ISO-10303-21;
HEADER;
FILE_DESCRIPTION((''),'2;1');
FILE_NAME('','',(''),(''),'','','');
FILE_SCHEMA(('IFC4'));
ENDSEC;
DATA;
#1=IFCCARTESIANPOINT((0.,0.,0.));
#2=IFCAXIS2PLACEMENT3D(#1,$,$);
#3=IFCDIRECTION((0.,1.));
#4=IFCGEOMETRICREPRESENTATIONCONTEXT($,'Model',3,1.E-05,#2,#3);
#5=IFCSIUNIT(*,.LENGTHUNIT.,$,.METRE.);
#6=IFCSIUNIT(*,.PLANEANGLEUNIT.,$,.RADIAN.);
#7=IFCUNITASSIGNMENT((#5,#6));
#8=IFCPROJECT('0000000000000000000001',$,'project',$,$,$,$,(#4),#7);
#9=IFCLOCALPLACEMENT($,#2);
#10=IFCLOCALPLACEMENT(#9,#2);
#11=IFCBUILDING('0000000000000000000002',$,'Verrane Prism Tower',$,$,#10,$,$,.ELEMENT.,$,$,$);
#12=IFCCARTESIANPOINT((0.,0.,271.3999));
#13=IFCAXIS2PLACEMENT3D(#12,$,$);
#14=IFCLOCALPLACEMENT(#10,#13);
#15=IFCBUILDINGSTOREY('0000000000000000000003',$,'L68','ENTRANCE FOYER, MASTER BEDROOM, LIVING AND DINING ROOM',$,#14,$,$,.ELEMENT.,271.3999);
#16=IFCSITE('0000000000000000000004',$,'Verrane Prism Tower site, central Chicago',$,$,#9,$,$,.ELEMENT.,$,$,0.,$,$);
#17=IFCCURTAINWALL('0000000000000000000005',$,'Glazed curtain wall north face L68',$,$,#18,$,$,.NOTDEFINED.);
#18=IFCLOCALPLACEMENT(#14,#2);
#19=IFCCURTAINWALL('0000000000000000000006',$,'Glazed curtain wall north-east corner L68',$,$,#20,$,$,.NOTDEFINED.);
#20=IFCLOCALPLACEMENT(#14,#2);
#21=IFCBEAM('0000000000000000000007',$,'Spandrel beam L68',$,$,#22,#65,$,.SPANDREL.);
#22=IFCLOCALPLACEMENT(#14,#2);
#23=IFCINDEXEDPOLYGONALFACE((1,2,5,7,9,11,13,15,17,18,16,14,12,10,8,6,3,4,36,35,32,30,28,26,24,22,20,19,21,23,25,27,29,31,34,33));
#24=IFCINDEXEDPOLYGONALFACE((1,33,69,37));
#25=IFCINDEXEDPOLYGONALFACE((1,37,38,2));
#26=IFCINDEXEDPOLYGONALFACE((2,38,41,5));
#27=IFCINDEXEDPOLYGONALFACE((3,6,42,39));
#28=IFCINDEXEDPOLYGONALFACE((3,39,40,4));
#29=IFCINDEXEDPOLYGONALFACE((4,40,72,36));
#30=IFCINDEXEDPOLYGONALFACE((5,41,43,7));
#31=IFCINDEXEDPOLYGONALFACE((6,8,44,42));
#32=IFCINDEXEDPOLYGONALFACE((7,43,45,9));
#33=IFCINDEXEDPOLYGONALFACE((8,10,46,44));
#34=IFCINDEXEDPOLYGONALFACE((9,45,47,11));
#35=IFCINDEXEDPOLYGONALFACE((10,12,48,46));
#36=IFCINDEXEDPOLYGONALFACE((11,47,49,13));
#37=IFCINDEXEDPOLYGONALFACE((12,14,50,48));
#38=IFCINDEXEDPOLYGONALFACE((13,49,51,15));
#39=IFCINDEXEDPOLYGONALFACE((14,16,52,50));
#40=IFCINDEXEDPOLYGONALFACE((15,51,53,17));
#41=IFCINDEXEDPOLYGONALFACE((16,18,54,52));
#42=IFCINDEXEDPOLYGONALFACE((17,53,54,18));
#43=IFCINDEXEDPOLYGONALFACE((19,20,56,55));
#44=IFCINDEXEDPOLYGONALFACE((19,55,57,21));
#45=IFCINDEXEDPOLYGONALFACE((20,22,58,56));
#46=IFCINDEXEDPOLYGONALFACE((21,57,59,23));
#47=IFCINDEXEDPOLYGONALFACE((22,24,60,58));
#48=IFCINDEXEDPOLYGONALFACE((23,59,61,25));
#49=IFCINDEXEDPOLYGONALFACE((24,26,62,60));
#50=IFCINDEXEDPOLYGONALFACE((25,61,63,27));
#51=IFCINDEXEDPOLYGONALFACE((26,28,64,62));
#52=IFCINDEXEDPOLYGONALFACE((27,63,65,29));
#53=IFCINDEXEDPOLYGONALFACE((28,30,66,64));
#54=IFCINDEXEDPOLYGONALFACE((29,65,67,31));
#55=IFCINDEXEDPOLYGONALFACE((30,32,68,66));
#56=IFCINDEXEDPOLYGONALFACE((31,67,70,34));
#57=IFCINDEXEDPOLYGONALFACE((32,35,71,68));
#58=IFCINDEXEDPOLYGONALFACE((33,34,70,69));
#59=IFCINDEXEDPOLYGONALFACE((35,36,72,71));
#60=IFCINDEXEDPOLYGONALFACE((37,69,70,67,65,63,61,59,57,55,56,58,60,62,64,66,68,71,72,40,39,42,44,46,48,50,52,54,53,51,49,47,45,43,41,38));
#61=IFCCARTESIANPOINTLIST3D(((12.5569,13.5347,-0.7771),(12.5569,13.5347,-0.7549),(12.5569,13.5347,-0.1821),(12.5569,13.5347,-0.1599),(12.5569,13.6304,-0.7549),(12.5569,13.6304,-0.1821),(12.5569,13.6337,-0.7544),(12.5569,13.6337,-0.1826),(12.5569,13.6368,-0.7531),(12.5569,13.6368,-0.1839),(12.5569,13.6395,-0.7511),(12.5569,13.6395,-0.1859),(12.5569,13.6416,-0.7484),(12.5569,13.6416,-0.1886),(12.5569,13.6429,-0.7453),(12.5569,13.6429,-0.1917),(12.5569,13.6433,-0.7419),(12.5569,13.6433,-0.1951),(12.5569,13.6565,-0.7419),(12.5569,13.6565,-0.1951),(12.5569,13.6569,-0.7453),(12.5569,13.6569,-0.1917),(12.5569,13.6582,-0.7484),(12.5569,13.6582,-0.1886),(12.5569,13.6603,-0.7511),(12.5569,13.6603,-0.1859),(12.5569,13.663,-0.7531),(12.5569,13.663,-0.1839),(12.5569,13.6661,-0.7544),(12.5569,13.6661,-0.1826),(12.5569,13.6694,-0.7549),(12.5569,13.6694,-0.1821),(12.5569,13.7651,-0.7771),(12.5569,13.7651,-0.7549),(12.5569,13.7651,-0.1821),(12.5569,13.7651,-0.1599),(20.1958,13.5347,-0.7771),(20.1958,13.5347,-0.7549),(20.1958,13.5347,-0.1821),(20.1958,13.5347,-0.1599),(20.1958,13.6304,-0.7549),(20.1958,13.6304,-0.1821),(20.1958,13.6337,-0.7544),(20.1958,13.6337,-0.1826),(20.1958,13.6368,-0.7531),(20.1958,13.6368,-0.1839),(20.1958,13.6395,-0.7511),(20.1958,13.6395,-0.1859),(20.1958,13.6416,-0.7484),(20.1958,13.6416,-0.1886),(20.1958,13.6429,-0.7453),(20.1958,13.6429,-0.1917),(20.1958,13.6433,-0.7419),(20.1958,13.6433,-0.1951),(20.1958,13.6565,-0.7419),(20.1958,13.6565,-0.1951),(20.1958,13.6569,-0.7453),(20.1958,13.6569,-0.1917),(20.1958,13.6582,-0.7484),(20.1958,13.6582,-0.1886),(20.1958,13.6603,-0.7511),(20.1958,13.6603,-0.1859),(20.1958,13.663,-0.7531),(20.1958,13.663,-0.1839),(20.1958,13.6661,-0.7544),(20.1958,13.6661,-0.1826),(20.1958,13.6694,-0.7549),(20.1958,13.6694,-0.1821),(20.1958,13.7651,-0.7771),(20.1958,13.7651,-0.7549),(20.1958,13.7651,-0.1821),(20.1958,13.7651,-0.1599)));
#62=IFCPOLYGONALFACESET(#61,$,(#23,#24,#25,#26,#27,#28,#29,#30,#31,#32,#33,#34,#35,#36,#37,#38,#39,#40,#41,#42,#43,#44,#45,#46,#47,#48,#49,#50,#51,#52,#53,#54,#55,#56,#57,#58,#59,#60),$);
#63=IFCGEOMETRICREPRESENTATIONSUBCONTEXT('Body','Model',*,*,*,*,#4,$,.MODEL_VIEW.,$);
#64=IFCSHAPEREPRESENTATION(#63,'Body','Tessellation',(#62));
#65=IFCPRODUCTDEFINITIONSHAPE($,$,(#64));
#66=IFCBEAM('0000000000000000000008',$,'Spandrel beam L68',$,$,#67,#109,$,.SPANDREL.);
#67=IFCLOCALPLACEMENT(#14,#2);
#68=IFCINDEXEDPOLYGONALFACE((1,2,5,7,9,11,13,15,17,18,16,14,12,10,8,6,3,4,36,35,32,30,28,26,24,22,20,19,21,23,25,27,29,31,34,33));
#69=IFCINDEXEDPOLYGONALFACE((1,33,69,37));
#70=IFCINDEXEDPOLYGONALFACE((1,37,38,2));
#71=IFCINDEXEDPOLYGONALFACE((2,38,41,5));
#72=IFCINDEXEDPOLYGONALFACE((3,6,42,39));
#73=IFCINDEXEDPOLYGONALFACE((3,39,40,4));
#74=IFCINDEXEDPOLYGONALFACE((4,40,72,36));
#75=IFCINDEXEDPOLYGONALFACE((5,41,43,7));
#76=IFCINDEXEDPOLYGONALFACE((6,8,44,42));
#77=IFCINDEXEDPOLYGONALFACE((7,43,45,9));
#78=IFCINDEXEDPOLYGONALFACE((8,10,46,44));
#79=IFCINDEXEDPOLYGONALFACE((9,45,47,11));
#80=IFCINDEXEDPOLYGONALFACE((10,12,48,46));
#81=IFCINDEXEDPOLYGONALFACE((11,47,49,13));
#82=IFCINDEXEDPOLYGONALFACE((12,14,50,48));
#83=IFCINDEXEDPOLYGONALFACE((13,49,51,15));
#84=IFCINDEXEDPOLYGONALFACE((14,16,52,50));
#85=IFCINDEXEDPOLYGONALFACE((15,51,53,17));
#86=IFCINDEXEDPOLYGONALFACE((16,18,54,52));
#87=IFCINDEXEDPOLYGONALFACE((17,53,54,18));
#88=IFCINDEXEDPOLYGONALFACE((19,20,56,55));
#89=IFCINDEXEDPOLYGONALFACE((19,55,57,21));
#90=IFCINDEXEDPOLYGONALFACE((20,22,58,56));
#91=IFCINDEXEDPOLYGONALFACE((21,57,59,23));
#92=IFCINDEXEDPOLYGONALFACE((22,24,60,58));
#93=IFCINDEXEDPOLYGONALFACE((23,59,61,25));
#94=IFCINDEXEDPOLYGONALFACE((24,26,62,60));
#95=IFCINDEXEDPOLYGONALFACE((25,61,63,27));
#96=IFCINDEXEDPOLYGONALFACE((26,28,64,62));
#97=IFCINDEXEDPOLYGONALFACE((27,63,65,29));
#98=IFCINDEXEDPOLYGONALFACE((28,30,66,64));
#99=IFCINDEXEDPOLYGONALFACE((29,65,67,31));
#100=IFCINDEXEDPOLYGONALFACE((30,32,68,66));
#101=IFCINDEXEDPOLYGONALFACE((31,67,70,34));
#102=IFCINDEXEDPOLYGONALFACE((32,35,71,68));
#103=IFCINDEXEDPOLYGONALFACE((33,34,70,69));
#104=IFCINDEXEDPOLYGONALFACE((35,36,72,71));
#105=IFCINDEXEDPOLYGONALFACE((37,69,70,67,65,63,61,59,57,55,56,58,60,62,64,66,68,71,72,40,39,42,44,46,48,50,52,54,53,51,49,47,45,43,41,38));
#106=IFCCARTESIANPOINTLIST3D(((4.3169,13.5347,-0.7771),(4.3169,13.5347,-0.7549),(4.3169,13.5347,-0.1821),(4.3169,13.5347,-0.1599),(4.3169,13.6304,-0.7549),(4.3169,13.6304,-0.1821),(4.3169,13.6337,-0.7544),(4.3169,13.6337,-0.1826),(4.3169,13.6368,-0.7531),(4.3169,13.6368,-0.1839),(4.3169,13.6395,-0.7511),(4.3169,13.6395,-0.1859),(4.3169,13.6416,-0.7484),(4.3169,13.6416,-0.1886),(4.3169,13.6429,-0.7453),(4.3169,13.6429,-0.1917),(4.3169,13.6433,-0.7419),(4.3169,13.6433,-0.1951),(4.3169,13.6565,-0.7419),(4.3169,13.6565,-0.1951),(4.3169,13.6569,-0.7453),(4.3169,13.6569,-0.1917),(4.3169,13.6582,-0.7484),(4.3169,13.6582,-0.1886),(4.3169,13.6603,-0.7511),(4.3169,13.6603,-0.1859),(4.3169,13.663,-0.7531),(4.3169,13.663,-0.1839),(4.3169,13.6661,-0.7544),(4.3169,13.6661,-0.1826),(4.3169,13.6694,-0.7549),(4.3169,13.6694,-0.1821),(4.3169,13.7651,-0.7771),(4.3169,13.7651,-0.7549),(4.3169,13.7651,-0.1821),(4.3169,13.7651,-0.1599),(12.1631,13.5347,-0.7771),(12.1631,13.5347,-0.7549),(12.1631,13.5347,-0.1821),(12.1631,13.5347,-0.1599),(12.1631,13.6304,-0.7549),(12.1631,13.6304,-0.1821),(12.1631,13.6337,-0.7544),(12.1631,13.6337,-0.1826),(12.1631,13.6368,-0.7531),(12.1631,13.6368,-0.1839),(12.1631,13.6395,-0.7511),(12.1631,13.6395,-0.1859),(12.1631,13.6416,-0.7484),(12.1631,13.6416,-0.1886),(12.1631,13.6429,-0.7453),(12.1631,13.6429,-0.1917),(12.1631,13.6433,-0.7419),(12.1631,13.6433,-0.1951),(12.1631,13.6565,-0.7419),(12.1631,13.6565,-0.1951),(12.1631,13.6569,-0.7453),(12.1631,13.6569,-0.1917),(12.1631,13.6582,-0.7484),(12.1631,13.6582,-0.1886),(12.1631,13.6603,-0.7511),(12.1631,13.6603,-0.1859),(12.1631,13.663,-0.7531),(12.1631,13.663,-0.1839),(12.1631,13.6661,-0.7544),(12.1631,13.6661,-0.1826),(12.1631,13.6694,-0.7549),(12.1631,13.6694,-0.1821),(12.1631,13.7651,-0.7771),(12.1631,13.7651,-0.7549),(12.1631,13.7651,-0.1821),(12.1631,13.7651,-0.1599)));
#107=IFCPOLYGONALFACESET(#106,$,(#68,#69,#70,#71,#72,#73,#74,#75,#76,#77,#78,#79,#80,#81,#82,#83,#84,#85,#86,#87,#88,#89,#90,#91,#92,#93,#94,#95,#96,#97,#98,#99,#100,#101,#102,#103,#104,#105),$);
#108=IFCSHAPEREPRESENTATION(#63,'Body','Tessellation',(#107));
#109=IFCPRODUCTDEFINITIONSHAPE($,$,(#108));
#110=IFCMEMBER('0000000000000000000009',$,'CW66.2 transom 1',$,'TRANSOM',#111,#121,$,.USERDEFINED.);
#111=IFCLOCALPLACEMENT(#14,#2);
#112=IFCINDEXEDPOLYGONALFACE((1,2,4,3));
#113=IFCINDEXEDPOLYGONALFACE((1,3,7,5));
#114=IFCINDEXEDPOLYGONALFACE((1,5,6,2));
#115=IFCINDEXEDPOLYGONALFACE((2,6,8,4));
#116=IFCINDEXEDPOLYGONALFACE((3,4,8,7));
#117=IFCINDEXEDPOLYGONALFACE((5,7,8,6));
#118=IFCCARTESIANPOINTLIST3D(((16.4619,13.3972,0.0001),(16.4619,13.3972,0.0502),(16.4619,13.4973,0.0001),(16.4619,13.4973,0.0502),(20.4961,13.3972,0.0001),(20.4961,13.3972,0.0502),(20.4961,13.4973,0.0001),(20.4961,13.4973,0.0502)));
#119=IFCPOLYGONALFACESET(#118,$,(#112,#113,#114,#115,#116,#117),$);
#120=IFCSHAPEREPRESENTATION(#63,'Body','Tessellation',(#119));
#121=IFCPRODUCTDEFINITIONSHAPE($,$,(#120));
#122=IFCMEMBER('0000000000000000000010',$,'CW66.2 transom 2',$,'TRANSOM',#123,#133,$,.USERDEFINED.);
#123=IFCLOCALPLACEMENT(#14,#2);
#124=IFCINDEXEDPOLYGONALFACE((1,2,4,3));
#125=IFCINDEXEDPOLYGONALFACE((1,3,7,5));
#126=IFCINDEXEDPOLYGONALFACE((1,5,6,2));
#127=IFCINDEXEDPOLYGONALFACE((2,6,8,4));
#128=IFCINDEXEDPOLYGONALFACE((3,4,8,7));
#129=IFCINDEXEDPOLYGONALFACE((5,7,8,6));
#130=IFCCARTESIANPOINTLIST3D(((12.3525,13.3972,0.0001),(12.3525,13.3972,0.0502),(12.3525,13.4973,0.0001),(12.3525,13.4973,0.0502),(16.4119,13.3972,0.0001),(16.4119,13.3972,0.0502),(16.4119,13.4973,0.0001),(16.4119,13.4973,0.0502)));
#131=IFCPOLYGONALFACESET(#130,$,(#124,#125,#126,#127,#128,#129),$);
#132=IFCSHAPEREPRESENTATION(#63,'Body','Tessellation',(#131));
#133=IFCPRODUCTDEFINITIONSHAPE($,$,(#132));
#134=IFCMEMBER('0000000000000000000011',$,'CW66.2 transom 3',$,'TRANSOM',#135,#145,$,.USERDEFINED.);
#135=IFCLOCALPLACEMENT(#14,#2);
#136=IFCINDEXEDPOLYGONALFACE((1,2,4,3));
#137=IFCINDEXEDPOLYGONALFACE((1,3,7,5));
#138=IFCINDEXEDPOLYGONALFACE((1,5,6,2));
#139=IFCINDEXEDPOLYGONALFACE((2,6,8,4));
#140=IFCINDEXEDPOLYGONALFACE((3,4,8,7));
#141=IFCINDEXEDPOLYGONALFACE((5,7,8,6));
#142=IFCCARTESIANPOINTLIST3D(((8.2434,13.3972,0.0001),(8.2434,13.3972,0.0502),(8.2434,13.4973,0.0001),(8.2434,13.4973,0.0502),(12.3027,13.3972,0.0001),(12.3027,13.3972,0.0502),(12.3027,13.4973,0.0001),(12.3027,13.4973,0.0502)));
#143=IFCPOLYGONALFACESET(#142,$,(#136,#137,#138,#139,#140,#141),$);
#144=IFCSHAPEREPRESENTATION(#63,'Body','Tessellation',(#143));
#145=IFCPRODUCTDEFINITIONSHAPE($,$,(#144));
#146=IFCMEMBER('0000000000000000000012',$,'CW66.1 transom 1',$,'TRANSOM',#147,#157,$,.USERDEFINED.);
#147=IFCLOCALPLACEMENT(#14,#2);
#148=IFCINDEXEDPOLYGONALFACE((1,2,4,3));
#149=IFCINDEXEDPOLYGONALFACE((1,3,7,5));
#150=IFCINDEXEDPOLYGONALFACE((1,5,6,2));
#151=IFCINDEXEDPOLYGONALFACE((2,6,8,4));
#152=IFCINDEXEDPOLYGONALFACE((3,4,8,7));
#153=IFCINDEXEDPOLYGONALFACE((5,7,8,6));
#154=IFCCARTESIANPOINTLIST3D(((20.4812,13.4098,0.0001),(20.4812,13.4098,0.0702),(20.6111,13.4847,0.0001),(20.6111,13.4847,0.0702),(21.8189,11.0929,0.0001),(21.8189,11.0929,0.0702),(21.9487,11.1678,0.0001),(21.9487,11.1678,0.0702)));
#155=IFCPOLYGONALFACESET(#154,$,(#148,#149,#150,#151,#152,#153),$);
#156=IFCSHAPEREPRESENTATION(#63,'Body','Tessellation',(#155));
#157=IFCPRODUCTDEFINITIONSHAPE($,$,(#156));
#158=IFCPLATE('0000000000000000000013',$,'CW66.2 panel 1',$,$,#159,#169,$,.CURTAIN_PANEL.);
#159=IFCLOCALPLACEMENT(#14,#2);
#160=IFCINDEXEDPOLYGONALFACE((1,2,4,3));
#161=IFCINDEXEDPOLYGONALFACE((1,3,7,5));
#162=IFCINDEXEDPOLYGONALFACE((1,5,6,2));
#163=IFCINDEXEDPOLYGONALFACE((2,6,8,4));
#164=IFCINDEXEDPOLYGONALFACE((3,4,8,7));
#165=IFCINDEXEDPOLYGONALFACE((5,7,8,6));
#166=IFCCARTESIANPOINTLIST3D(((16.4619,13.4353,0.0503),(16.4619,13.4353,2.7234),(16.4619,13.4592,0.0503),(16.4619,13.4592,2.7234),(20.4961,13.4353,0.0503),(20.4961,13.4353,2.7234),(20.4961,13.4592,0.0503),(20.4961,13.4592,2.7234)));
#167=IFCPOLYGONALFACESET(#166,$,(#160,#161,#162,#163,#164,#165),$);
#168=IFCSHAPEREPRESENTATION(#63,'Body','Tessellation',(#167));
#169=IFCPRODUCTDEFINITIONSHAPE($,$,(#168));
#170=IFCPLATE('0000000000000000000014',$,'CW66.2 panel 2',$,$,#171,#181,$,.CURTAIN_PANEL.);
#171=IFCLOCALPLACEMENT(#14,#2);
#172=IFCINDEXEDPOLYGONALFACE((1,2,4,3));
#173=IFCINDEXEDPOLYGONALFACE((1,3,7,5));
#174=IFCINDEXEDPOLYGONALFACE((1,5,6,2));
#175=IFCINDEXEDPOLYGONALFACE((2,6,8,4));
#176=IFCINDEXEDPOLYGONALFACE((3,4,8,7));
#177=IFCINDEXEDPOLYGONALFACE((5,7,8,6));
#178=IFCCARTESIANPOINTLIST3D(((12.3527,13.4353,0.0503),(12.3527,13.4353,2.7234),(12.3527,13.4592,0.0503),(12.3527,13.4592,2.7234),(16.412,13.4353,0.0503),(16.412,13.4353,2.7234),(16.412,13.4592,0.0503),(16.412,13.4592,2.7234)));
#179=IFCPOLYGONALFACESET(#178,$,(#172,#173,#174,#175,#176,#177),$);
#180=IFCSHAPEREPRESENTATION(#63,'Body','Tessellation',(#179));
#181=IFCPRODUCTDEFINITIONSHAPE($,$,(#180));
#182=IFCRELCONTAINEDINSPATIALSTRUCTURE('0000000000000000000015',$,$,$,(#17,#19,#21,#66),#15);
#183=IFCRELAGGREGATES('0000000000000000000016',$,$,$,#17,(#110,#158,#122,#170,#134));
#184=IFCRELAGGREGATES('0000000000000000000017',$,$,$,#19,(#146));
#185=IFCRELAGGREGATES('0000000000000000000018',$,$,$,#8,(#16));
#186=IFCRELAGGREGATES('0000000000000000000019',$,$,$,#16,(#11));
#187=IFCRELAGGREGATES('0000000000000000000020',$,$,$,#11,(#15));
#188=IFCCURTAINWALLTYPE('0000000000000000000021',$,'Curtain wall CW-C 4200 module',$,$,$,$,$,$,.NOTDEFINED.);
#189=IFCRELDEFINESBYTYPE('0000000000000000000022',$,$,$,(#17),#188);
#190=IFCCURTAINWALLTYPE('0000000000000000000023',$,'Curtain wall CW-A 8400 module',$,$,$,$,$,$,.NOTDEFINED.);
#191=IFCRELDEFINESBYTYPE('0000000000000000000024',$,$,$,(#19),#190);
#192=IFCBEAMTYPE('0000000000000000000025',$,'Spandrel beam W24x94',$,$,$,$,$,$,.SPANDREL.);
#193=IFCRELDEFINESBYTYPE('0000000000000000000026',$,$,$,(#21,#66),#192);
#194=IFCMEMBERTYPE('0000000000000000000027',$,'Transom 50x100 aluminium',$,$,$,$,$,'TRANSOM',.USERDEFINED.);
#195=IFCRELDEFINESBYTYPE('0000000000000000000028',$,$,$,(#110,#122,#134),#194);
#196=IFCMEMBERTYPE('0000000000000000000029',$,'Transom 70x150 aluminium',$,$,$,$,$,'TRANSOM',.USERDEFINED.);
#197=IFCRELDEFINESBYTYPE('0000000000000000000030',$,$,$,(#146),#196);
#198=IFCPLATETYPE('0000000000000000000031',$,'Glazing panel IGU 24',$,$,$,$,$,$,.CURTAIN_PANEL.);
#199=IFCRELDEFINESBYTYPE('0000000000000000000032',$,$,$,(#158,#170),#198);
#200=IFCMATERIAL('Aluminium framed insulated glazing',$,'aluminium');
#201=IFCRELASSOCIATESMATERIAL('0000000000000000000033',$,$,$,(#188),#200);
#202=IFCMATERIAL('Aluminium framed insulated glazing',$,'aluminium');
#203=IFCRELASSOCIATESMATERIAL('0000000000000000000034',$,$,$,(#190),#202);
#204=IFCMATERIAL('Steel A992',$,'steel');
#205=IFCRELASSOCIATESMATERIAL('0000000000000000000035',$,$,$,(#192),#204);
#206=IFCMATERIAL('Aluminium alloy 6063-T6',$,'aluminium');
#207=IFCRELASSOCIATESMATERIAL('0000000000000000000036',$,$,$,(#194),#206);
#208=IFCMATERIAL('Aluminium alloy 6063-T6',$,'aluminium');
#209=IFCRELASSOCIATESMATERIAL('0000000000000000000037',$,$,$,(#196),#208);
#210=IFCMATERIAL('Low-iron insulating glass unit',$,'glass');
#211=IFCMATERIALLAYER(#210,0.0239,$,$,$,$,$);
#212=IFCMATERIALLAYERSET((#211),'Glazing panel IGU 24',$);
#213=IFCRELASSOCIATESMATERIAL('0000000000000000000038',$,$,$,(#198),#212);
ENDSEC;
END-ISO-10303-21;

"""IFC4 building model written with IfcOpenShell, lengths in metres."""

from ifc_helpers import new_model, si_unit, direction, frame, origin, origin_2d, place, context, subcontext, project, spatial, rectangle, i_section, extrude, material, layer, layer_set, material_profile, profile_set, type_object, element, aggregate, save


model = new_model("IFC4")

# Units and contexts
model_context = context("Model", 3, precision=1e-05, world=origin(), true_north=direction((0.0, 1.0)))
body_context = subcontext(model_context, "Body", "Model", "MODEL_VIEW")
ifc_project = project(units=[si_unit("LENGTHUNIT", "METRE"), si_unit("PLANEANGLEUNIT", "RADIAN")], contexts=[model_context])

# Site, building, storey
site_placement = place(None, origin())
site = spatial("IfcSite", under=ifc_project, at=site_placement, Name="Verrane Prism Tower site, central Chicago", CompositionType="ELEMENT", RefElevation=0.0)
building_placement = place(site_placement, origin())
building = spatial("IfcBuilding", under=site, at=building_placement, Name="Verrane Prism Tower", CompositionType="ELEMENT")
storey_placement = place(building_placement, frame((0.0, 0.0, 271.3999)))
storey = spatial("IfcBuildingStorey", under=building, at=storey_placement, Name="L68", Description="ENTRANCE FOYER, MASTER BEDROOM, LIVING AND DINING ROOM", CompositionType="ELEMENT", Elevation=271.3999)

# Curtain wall
ifc_material_1 = material(Name="Aluminium framed insulated glazing", Category="aluminium")
curtain_wall_type_1 = type_object("IfcCurtainWallType", Name="Curtain wall CW-C 4200 module", PredefinedType="NOTDEFINED", material=ifc_material_1)
curtain_wall_1_placement = place(storey_placement, origin())
curtain_wall_1 = element("IfcCurtainWall", 1, at=curtain_wall_1_placement, inside=storey, type_object=curtain_wall_type_1, Name="Glazed curtain wall north face L68", PredefinedType="NOTDEFINED")

# Curtain wall
ifc_material_2 = material(Name="Aluminium framed insulated glazing", Category="aluminium")
curtain_wall_type_2 = type_object("IfcCurtainWallType", Name="Curtain wall CW-A 8400 module", PredefinedType="NOTDEFINED", material=ifc_material_2)
curtain_wall_2_placement = place(storey_placement, origin())
curtain_wall_2 = element("IfcCurtainWall", 2, at=curtain_wall_2_placement, inside=storey, type_object=curtain_wall_type_2, Name="Glazed curtain wall north-east corner L68", PredefinedType="NOTDEFINED")

# Beams
ifc_material_3 = material(Name="Steel A992", Category="steel")
ifc_material_profile_1 = material_profile(ifc_material_3, i_section(OverallWidth=0.2305, OverallDepth=0.6172, WebThickness=0.0132, FlangeThickness=0.0222, FilletRadius=0.0129, at=origin_2d()), Name="W24x94")
ifc_profile_set_1 = profile_set([ifc_material_profile_1], Name="Steel A992")
beam_type_1 = type_object("IfcBeamType", Name="Spandrel beam W24x94", PredefinedType="SPANDREL", material=ifc_profile_set_1)
beam_1_placement = place(storey_placement, frame((20.1958, 13.6499, -0.4685), z_axis=(-1.0, 0.0, 0.0), x_axis=(0.0, -1.0, 0.0)))
element("IfcBeam", 3, at=beam_1_placement, inside=storey, type_object=beam_type_1, Name="Spandrel beam L68", PredefinedType="SPANDREL", context=body_context, shape_type="SweptSolid", body=[
    extrude(i_section(OverallWidth=0.2305, OverallDepth=0.6172, WebThickness=0.0132, FlangeThickness=0.0222, FilletRadius=0.0129, at=origin_2d()), origin(), (0.0, 0.0, 1.0), 7.6389),
])
beam_2_placement = place(storey_placement, frame((12.1631, 13.6499, -0.4685), z_axis=(-1.0, 0.0, 0.0), x_axis=(0.0, -1.0, 0.0)))
element("IfcBeam", 4, at=beam_2_placement, inside=storey, type_object=beam_type_1, Name="Spandrel beam L68", PredefinedType="SPANDREL", context=body_context, shape_type="SweptSolid", body=[
    extrude(i_section(OverallWidth=0.2305, OverallDepth=0.6172, WebThickness=0.0132, FlangeThickness=0.0222, FilletRadius=0.0129, at=origin_2d()), origin(), (0.0, 0.0, 1.0), 7.8462),
])

# Members
ifc_material_4 = material(Name="Aluminium alloy 6063-T6", Category="aluminium")
ifc_material_profile_2 = material_profile(ifc_material_4, rectangle(XDim=0.1001, YDim=0.05, at=origin_2d()), Name="Transom 50x100 aluminium")
ifc_profile_set_2 = profile_set([ifc_material_profile_2], Name="Aluminium alloy 6063-T6")
member_type_1 = type_object("IfcMemberType", Name="Transom 50x100 aluminium", ElementType="TRANSOM", PredefinedType="USERDEFINED", material=ifc_profile_set_2)
member_1_placement = place(storey_placement, frame((20.4961, 13.4473, 0.0251), z_axis=(-1.0, 0.0, 0.0), x_axis=(0.0, -1.0, 0.0)))
member_1 = element("IfcMember", 5, at=member_1_placement, type_object=member_type_1, Name="CW66.2 transom 1", ObjectType="TRANSOM", PredefinedType="USERDEFINED", context=body_context, shape_type="SweptSolid", body=[
    extrude(rectangle(XDim=0.1001, YDim=0.05, at=origin_2d()), origin(), (0.0, 0.0, 1.0), 4.0342),
])
member_2_placement = place(storey_placement, frame((16.4119, 13.4473, 0.0251), z_axis=(-1.0, 0.0, 0.0), x_axis=(0.0, -1.0, 0.0)))
member_2 = element("IfcMember", 6, at=member_2_placement, type_object=member_type_1, Name="CW66.2 transom 2", ObjectType="TRANSOM", PredefinedType="USERDEFINED", context=body_context, shape_type="SweptSolid", body=[
    extrude(rectangle(XDim=0.1001, YDim=0.05, at=origin_2d()), origin(), (0.0, 0.0, 1.0), 4.0593),
])
member_3_placement = place(storey_placement, frame((12.3027, 13.4473, 0.0251), z_axis=(-1.0, 0.0, 0.0), x_axis=(0.0, -1.0, 0.0)))
member_3 = element("IfcMember", 7, at=member_3_placement, type_object=member_type_1, Name="CW66.2 transom 3", ObjectType="TRANSOM", PredefinedType="USERDEFINED", context=body_context, shape_type="SweptSolid", body=[
    extrude(rectangle(XDim=0.1001, YDim=0.05, at=origin_2d()), origin(), (0.0, 0.0, 1.0), 4.0593),
])
ifc_material_5 = material(Name="Aluminium alloy 6063-T6", Category="aluminium")
ifc_material_profile_3 = material_profile(ifc_material_5, rectangle(XDim=0.1499, YDim=0.0701, at=origin_2d()), Name="Transom 70x150 aluminium")
ifc_profile_set_3 = profile_set([ifc_material_profile_3], Name="Aluminium alloy 6063-T6")
member_type_2 = type_object("IfcMemberType", Name="Transom 70x150 aluminium", ElementType="TRANSOM", PredefinedType="USERDEFINED", material=ifc_profile_set_3)
member_4_placement = place(storey_placement, frame((21.8838, 11.1304, 0.0352), z_axis=(-0.499996, 0.866028, 0.0), x_axis=(-0.866028, -0.499996, 0.0)))
member_4 = element("IfcMember", 8, at=member_4_placement, type_object=member_type_2, Name="CW66.1 transom 1", ObjectType="TRANSOM", PredefinedType="USERDEFINED", context=body_context, shape_type="SweptSolid", body=[
    extrude(rectangle(XDim=0.1499, YDim=0.0701, at=origin_2d()), origin(), (0.0, 0.0, 1.0), 2.6753),
])

# Plates
ifc_material_6 = material(Name="Low-iron insulating glass unit", Category="glass")
ifc_layer_1 = layer(ifc_material_6, 0.0239)
ifc_layer_set_1 = layer_set([ifc_layer_1], Name="Glazing panel IGU 24")
plate_type_1 = type_object("IfcPlateType", Name="Glazing panel IGU 24", PredefinedType="CURTAIN_PANEL", material=ifc_layer_set_1)
plate_1_placement = place(storey_placement, frame((18.479, 13.4473, 0.0503), z_axis=(0.0, 0.0, 1.0), x_axis=(-1.0, 0.0, 0.0)))
plate_1 = element("IfcPlate", 9, at=plate_1_placement, type_object=plate_type_1, Name="CW66.2 panel 1", PredefinedType="CURTAIN_PANEL", context=body_context, shape_type="SweptSolid", body=[
    extrude(rectangle(XDim=4.0342, YDim=0.0239, at=origin_2d()), origin(), (0.0, 0.0, 1.0), 2.6731),
])
plate_2_placement = place(storey_placement, frame((14.3823, 13.4473, 0.0503), z_axis=(0.0, 0.0, 1.0), x_axis=(-1.0, 0.0, 0.0)))
plate_2 = element("IfcPlate", 10, at=plate_2_placement, type_object=plate_type_1, Name="CW66.2 panel 2", PredefinedType="CURTAIN_PANEL", context=body_context, shape_type="SweptSolid", body=[
    extrude(rectangle(XDim=4.0593, YDim=0.0239, at=origin_2d()), origin(), (0.0, 0.0, 1.0), 2.6731),
])
aggregate(curtain_wall_1, [member_1, plate_1, member_2, plate_2, member_3])
aggregate(curtain_wall_2, [member_4])

save(model, "model.ifc")
